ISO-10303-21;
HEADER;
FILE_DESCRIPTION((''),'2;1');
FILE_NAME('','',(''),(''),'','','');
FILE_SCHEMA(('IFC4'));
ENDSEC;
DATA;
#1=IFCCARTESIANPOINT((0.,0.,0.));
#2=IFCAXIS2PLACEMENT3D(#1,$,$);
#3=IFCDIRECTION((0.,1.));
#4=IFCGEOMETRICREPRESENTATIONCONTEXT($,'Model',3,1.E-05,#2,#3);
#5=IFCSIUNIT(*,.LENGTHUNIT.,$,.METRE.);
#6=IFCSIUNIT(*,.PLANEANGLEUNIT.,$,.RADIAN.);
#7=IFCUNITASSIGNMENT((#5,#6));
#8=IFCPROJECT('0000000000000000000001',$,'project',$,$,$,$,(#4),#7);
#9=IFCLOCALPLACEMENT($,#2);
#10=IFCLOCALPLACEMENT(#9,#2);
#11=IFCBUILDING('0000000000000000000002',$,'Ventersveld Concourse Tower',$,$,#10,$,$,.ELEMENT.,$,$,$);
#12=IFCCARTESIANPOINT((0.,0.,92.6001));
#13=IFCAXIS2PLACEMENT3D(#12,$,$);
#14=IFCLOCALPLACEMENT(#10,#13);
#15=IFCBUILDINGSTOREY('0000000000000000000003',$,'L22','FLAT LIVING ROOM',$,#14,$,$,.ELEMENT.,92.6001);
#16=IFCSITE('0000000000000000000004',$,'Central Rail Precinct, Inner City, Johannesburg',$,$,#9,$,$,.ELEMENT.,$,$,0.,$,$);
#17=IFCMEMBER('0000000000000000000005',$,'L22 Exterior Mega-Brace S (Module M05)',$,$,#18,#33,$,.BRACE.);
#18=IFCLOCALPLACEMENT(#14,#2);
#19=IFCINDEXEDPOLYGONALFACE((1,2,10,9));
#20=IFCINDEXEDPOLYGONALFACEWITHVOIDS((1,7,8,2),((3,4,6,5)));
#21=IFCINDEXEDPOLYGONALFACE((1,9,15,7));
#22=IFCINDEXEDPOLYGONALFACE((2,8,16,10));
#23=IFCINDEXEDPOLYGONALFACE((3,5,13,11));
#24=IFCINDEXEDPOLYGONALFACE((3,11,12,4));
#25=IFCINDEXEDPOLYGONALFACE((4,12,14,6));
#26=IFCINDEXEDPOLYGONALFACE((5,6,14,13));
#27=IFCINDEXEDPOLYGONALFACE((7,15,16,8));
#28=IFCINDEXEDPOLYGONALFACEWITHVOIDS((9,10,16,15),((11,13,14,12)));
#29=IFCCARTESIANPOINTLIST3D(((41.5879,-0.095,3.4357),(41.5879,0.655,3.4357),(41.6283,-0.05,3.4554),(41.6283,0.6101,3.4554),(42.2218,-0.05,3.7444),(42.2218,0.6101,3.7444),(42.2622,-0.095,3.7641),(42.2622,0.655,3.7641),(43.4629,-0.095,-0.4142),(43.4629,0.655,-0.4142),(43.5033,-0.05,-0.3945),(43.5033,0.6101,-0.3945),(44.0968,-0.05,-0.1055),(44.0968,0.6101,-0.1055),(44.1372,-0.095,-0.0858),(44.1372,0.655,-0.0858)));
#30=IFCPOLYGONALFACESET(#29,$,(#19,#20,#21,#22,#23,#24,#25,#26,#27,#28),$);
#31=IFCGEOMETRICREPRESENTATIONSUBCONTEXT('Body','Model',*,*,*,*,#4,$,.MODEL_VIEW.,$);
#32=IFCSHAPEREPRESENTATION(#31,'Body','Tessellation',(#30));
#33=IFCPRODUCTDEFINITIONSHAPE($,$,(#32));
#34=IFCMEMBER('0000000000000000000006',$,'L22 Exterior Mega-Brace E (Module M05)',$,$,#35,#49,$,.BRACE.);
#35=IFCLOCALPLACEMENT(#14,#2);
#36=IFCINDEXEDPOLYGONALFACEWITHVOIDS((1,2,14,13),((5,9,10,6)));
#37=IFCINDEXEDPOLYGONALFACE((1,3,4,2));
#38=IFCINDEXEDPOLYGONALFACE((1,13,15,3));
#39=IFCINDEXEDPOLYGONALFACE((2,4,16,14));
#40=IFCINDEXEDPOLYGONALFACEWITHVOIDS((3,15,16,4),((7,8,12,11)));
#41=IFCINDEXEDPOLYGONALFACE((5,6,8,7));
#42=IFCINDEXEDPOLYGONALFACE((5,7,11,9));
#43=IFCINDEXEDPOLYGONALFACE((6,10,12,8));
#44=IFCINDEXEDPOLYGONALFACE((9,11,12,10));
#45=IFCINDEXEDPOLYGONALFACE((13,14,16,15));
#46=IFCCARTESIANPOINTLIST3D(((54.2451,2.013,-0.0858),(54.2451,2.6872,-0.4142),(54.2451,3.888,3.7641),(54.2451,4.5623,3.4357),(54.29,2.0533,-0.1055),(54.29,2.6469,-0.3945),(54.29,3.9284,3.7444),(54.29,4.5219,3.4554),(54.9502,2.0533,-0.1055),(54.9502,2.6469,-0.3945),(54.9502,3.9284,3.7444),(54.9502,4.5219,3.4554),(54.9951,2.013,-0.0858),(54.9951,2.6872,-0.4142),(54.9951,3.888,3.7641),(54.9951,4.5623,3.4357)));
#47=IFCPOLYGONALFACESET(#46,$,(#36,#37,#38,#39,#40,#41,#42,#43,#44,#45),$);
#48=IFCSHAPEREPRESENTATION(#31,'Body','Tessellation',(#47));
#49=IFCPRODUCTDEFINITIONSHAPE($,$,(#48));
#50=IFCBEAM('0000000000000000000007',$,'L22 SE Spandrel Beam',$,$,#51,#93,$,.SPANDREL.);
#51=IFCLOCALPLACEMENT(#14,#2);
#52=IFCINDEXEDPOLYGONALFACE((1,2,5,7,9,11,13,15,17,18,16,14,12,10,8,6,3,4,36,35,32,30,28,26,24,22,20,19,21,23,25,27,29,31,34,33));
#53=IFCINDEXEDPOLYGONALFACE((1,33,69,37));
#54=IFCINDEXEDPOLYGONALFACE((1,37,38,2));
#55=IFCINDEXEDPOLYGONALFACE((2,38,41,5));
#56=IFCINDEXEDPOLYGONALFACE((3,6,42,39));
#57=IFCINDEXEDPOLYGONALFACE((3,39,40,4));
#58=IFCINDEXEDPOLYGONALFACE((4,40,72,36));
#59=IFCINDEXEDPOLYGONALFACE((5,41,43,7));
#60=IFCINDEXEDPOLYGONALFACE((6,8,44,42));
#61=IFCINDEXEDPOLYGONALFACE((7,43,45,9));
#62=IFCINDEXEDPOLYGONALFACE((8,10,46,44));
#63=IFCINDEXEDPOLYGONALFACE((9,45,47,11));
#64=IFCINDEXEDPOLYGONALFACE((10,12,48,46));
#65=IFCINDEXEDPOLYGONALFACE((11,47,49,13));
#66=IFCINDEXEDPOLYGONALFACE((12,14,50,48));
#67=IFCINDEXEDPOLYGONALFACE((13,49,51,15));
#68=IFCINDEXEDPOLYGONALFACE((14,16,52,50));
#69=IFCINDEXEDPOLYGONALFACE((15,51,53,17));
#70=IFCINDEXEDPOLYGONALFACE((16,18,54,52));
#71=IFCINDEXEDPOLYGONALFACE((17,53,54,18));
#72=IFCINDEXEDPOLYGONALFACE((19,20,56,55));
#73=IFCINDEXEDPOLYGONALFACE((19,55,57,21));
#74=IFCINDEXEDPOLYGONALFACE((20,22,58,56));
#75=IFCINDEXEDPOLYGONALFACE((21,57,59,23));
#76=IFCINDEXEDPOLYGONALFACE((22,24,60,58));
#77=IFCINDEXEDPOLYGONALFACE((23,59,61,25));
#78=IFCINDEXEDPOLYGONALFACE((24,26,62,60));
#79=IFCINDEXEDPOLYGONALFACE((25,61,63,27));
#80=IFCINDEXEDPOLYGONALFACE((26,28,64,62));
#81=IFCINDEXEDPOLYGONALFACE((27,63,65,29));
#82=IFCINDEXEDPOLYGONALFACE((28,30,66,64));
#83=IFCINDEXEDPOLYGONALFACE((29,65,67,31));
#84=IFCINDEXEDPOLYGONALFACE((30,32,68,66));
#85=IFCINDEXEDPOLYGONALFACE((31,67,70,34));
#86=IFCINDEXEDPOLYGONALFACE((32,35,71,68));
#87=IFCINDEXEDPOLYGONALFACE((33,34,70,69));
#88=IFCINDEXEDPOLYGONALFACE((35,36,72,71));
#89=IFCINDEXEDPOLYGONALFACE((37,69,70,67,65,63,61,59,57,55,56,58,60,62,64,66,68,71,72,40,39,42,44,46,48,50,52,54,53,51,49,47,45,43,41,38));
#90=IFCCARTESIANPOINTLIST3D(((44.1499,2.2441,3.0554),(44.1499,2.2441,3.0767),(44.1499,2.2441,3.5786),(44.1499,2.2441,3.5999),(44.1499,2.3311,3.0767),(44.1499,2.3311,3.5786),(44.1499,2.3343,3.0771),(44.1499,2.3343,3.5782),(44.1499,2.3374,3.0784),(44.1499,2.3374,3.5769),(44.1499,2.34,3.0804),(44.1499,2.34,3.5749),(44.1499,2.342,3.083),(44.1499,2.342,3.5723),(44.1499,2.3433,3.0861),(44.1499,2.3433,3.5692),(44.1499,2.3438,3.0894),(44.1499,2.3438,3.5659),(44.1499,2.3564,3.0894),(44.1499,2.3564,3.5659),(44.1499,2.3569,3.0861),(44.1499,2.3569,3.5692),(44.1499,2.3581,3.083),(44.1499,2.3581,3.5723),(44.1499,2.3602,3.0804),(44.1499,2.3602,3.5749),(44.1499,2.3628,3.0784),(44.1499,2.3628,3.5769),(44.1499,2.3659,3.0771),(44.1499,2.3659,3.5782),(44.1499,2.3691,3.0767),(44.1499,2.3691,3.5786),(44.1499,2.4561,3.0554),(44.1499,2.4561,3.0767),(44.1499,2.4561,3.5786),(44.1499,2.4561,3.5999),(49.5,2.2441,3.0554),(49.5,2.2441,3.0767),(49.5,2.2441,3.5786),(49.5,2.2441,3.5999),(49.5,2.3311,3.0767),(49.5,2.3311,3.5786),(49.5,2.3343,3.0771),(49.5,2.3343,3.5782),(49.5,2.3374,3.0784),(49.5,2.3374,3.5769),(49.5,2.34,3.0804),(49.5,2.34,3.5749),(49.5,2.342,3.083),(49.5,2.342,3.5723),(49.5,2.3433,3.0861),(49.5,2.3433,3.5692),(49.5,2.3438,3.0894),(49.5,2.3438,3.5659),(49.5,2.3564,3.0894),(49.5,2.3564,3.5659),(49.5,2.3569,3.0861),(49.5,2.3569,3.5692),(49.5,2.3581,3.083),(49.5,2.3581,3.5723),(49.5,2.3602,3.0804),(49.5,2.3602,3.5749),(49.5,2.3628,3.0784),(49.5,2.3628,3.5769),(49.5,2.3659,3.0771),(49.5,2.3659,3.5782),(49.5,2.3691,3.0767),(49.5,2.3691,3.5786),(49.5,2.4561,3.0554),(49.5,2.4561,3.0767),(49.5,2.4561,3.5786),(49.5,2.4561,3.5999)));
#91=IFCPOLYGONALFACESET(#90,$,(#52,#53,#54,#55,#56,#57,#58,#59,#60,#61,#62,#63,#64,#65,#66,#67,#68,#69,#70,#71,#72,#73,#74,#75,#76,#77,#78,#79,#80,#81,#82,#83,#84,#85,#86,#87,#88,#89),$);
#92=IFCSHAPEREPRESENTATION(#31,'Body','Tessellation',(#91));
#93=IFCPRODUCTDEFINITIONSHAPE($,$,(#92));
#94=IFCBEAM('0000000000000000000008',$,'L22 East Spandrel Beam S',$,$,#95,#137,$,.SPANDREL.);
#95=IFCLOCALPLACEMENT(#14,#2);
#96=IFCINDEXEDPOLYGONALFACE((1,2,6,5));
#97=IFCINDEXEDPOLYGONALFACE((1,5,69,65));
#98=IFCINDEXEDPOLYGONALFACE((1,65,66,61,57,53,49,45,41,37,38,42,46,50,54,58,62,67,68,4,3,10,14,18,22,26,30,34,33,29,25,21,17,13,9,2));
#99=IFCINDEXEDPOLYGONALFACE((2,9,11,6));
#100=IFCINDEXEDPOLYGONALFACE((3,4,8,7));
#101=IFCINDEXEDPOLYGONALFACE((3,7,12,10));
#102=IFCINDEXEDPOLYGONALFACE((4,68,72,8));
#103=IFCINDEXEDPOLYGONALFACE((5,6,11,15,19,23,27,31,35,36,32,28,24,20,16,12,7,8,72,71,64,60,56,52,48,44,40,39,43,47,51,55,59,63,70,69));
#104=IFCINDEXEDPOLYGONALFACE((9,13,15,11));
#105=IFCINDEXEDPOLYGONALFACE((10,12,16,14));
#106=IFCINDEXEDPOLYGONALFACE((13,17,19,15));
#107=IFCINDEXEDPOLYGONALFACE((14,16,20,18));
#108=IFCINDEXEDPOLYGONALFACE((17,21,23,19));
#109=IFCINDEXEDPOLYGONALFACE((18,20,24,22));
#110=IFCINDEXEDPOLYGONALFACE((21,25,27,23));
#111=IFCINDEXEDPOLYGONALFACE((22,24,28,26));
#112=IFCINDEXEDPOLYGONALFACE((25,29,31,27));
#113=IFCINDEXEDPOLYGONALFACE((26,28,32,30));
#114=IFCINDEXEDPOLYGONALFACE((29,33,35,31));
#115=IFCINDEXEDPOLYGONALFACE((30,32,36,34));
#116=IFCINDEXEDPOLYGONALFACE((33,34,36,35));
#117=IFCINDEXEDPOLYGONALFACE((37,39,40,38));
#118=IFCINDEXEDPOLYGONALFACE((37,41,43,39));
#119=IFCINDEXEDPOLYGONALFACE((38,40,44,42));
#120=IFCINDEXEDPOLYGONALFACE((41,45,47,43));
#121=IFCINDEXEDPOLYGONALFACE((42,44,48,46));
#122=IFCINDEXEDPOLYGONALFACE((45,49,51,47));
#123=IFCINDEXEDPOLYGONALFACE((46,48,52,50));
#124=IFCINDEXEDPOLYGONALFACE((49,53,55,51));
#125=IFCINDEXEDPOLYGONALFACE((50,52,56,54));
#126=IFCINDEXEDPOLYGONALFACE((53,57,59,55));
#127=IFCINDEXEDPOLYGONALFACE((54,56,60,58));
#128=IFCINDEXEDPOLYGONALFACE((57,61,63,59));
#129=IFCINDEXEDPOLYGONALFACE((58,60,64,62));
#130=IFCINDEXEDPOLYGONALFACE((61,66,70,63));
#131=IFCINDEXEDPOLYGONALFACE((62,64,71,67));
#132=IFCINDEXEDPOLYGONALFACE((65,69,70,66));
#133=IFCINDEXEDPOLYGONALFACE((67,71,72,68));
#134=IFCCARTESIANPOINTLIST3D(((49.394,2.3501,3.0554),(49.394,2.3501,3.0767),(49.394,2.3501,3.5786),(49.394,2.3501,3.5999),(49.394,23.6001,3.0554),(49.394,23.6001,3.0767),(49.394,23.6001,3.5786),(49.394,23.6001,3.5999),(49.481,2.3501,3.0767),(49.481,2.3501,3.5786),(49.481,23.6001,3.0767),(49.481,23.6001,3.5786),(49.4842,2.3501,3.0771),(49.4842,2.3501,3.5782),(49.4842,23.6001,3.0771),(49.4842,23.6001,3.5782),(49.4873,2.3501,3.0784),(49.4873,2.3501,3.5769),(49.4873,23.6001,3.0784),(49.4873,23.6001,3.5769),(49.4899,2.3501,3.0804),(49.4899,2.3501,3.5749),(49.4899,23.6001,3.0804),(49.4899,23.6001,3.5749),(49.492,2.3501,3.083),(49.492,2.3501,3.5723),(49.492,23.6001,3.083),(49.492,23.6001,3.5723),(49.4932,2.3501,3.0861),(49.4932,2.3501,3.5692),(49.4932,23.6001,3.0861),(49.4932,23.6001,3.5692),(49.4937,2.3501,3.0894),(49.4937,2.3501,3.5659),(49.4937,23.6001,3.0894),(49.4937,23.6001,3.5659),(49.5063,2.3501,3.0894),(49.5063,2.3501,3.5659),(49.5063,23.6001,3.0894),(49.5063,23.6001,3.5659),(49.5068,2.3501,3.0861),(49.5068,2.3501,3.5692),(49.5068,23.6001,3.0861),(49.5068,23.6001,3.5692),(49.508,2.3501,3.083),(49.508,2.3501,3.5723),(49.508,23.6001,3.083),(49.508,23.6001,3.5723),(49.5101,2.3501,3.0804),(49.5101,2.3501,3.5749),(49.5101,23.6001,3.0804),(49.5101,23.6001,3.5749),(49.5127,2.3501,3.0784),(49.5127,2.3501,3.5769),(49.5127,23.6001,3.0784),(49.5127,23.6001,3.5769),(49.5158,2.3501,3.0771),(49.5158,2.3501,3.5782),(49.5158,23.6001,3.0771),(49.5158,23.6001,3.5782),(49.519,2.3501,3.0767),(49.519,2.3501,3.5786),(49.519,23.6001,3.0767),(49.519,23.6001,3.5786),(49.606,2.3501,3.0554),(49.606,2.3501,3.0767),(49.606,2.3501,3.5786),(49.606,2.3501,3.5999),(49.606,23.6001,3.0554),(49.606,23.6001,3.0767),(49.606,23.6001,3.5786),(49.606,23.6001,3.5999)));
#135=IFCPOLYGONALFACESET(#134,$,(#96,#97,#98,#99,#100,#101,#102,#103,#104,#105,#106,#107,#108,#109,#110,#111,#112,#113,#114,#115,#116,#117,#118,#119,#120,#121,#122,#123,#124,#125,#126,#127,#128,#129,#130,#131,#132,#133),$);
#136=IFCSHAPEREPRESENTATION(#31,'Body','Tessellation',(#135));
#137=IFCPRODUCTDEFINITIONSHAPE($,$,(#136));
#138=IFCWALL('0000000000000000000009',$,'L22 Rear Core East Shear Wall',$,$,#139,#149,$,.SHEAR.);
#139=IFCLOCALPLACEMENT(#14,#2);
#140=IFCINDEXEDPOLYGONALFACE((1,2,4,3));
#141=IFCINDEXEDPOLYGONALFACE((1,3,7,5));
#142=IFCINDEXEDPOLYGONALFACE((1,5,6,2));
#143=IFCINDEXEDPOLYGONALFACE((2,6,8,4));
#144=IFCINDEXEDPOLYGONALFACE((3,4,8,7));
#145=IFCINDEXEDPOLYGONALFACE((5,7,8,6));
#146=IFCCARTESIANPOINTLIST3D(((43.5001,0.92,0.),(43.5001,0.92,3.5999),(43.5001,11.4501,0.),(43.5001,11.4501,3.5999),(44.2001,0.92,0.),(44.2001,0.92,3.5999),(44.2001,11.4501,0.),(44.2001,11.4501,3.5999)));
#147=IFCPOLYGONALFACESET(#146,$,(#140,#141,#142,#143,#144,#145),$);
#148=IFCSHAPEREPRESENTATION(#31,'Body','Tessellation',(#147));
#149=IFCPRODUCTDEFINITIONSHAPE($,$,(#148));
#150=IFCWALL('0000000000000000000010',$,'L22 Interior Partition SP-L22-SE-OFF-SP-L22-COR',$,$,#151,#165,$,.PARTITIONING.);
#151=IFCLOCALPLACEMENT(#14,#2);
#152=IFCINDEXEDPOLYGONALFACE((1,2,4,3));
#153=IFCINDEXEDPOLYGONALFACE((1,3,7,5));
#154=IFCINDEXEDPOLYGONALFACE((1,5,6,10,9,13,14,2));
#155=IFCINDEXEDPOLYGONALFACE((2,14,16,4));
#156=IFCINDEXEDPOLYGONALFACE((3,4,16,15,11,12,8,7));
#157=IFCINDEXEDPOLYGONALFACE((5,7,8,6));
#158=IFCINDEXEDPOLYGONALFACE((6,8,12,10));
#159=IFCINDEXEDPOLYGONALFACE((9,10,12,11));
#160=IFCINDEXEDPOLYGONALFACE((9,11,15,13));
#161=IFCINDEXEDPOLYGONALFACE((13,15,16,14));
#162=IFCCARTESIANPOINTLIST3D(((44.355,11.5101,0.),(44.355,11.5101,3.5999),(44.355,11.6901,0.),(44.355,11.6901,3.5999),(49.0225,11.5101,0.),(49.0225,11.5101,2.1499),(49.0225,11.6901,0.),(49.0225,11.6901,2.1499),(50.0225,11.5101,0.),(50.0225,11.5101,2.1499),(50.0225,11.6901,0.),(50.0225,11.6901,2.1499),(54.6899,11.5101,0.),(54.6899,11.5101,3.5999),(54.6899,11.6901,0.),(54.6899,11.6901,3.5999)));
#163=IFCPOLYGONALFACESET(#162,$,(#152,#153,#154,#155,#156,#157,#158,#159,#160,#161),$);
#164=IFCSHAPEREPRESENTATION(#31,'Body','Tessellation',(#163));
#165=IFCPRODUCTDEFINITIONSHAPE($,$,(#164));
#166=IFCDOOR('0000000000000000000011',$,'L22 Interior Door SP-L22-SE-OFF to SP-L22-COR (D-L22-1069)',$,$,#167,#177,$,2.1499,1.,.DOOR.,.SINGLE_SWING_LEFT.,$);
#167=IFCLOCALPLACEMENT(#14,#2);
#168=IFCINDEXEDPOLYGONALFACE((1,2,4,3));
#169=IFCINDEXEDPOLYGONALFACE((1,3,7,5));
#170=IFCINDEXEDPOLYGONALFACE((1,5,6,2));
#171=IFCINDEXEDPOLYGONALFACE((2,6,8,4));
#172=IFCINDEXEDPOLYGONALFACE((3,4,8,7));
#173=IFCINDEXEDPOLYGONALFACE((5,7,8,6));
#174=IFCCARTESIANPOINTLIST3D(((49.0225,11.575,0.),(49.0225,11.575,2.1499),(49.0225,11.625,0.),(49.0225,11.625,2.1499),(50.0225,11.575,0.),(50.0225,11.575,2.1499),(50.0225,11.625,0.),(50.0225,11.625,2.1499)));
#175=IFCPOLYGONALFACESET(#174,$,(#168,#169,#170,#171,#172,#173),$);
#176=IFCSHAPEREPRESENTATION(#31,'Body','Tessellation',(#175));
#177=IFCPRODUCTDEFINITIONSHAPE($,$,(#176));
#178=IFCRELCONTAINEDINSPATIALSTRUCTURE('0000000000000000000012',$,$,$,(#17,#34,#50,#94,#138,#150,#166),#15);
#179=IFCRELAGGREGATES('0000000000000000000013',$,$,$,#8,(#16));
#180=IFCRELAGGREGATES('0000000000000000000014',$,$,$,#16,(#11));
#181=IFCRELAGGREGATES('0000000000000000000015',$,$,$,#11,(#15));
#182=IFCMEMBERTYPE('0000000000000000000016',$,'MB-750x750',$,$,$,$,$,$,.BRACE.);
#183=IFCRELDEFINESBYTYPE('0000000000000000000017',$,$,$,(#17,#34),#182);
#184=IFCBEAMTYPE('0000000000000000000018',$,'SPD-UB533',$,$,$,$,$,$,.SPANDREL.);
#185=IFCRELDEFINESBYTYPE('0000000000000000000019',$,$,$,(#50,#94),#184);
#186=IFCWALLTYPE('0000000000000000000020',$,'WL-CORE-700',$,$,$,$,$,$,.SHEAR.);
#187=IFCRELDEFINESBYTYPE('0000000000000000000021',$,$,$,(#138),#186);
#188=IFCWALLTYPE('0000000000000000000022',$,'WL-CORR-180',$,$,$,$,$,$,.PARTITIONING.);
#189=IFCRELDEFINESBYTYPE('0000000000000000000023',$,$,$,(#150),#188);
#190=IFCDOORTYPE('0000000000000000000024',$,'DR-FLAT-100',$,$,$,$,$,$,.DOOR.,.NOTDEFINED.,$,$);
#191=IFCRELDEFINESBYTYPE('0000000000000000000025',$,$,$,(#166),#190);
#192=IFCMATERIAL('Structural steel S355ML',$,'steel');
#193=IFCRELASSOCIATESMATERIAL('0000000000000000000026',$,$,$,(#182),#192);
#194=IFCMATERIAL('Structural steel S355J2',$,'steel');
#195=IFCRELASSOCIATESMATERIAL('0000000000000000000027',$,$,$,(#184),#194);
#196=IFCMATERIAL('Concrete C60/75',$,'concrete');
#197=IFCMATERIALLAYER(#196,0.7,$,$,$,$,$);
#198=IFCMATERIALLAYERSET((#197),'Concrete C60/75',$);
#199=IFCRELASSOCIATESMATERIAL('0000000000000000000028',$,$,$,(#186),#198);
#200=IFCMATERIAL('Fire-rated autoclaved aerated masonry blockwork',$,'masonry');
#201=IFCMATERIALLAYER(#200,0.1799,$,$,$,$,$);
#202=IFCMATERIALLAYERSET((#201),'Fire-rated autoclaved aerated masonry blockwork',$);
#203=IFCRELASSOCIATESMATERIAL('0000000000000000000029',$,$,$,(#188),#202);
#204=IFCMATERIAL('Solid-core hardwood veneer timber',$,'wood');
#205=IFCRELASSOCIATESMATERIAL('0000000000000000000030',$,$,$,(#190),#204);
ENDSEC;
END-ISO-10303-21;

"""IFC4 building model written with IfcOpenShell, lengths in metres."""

from ifc_helpers import new_model, si_unit, direction, frame, frame_2d, origin, origin_2d, place, context, subcontext, project, spatial, rectangle, hollow_rectangle, i_section, extrude, material, layer, layer_set, material_profile, profile_set, type_object, element, fill, save


model = new_model("IFC4")

# Units and contexts
model_context = context("Model", 3, precision=1e-05, world=origin(), true_north=direction((0.0, 1.0)))
body_context = subcontext(model_context, "Body", "Model", "MODEL_VIEW")
ifc_project = project(units=[si_unit("LENGTHUNIT", "METRE"), si_unit("PLANEANGLEUNIT", "RADIAN")], contexts=[model_context])

# Site, building, storey
site_placement = place(None, origin())
site = spatial("IfcSite", under=ifc_project, at=site_placement, Name="Central Rail Precinct, Inner City, Johannesburg", CompositionType="ELEMENT", RefElevation=0.0)
building_placement = place(site_placement, origin())
building = spatial("IfcBuilding", under=site, at=building_placement, Name="Ventersveld Concourse Tower", CompositionType="ELEMENT")
storey_placement = place(building_placement, frame((0.0, 0.0, 92.6001)))
storey = spatial("IfcBuildingStorey", under=building, at=storey_placement, Name="L22", Description="FLAT LIVING ROOM", CompositionType="ELEMENT", Elevation=92.6001)

# Shared definitions
ifc_material_1 = material(Name="Structural steel S355J2", Category="steel")

# Members
ifc_material_2 = material(Name="Structural steel S355ML", Category="steel")
ifc_material_profile_1 = material_profile(ifc_material_2, hollow_rectangle(XDim=0.75, YDim=0.75, WallThickness=0.0449, at=origin_2d()), Name="BOX 750x750x45")
ifc_profile_set_1 = profile_set([ifc_material_profile_1], Name="Structural steel S355ML")
member_type = type_object("IfcMemberType", Name="MB-750x750", PredefinedType="BRACE", material=ifc_profile_set_1)
for number, where, z_axis, x_axis, name in (
    (1, (43.8, 0.28, -0.25), (-0.437862, 0.0, 0.899042), (0.0, -1.0, 0.0), "L22 Exterior Mega-Brace S (Module M05)"),
    (2, (54.6201, 2.3501, -0.25), (0.0, 0.437862, 0.899042), (-1.0, 0.0, 0.0), "L22 Exterior Mega-Brace E (Module M05)"),
):
    element("IfcMember", number, at=place(storey_placement, frame(where, z_axis=z_axis, x_axis=x_axis)), inside=storey, type_object=member_type, Name=name, PredefinedType="BRACE", context=body_context, shape_type="SweptSolid", body=[
        extrude(hollow_rectangle(XDim=0.75, YDim=0.75, WallThickness=0.0449, at=origin_2d()), origin(), (0.0, 0.0, 1.0), 4.2822),
    ])

# Beams
ifc_material_profile_2 = material_profile(ifc_material_1, i_section(OverallWidth=0.2119, OverallDepth=0.5444, WebThickness=0.0127, FlangeThickness=0.0212, FilletRadius=0.0127, at=origin_2d()), Name="UB 533x210x122")
ifc_profile_set_2 = profile_set([ifc_material_profile_2], Name="Structural steel S355J2")
beam_type_1 = type_object("IfcBeamType", Name="SPD-UB533", PredefinedType="SPANDREL", material=ifc_profile_set_2)
beam_1_placement = place(storey_placement, frame((44.1499, 2.3501, 3.3276), z_axis=(1.0, 0.0, 0.0), x_axis=(0.0, 1.0, 0.0)))
element("IfcBeam", 3, at=beam_1_placement, inside=storey, type_object=beam_type_1, Name="L22 SE Spandrel Beam", PredefinedType="SPANDREL", context=body_context, shape_type="SweptSolid", body=[
    extrude(i_section(OverallWidth=0.2119, OverallDepth=0.5444, WebThickness=0.0127, FlangeThickness=0.0212, FilletRadius=0.0127, at=origin_2d()), origin(), (0.0, 0.0, 1.0), 5.3501),
])
beam_2_placement = place(storey_placement, frame((49.5, 2.3501, 3.3276), z_axis=(0.0, 1.0, 0.0), x_axis=(-1.0, 0.0, 0.0)))
element("IfcBeam", 4, at=beam_2_placement, inside=storey, type_object=beam_type_1, Name="L22 East Spandrel Beam S", PredefinedType="SPANDREL", context=body_context, shape_type="SweptSolid", body=[
    extrude(i_section(OverallWidth=0.2119, OverallDepth=0.5444, WebThickness=0.0127, FlangeThickness=0.0212, FilletRadius=0.0127, at=origin_2d()), origin(), (0.0, 0.0, 1.0), 21.25),
])

# Wall
ifc_material_3 = material(Name="Concrete C60/75", Category="concrete")
ifc_layer_1 = layer(ifc_material_3, 0.7)
ifc_layer_set_1 = layer_set([ifc_layer_1], Name="Concrete C60/75")
wall_type_1 = type_object("IfcWallType", Name="WL-CORE-700", PredefinedType="SHEAR", material=ifc_layer_set_1)
wall_1_placement = place(storey_placement, frame((43.8501, 0.9199, 0.0), z_axis=(0.0, 0.0, 1.0), x_axis=(0.0, 1.0, 0.0)))
element("IfcWall", 5, at=wall_1_placement, inside=storey, type_object=wall_type_1, Name="L22 Rear Core East Shear Wall", PredefinedType="SHEAR", context=body_context, shape_type="SweptSolid", body=[
    extrude(rectangle(XDim=10.53, YDim=0.7, at=frame_2d((5.2651, 0.0))), origin(), (0.0, 0.0, 1.0), 3.5999),
])

# Wall, opening, door
ifc_material_4 = material(Name="Fire-rated autoclaved aerated masonry blockwork", Category="masonry")
ifc_layer_2 = layer(ifc_material_4, 0.1799)
ifc_layer_set_2 = layer_set([ifc_layer_2], Name="Fire-rated autoclaved aerated masonry blockwork")
wall_type_2 = type_object("IfcWallType", Name="WL-CORR-180", PredefinedType="PARTITIONING", material=ifc_layer_set_2)
wall_2_placement = place(storey_placement, frame((44.355, 11.6001, 0.0), z_axis=(0.0, 0.0, 1.0), x_axis=(1.0, 0.0, 0.0)))
wall_2 = element("IfcWall", 6, at=wall_2_placement, inside=storey, type_object=wall_type_2, Name="L22 Interior Partition SP-L22-SE-OFF-SP-L22-COR", PredefinedType="PARTITIONING", context=body_context, shape_type="SweptSolid", body=[
    extrude(rectangle(XDim=10.335, YDim=0.1799, at=frame_2d((5.1675, 0.0))), origin(), (0.0, 0.0, 1.0), 3.5999),
])
opening_1_placement = place(wall_2_placement, frame((4.6675, 0.0, 0.0)))
opening_1 = element("IfcOpeningElement", 7, at=opening_1_placement, cuts=wall_2, PredefinedType="OPENING", context=body_context, shape_type="SweptSolid", body=[
    extrude(rectangle(XDim=1.0, YDim=2.1499, at=frame_2d((0.5, 1.075))), frame((0.0, 0.1001, 0.0), z_axis=(0.0, -1.0, 0.0), x_axis=(1.0, 0.0, 0.0)), (0.0, 0.0, 1.0), 0.2),
])
ifc_material_5 = material(Name="Solid-core hardwood veneer timber", Category="wood")
door_type = type_object("IfcDoorType", Name="DR-FLAT-100", OperationType="NOTDEFINED", PredefinedType="DOOR", material=ifc_material_5)
door_1_placement = place(opening_1_placement, origin())
door_1 = element("IfcDoor", 8, at=door_1_placement, inside=storey, type_object=door_type, Name="L22 Interior Door SP-L22-SE-OFF to SP-L22-COR (D-L22-1069)", OperationType="SINGLE_SWING_LEFT", OverallHeight=2.1499, OverallWidth=1.0, PredefinedType="DOOR", context=body_context, shape_type="SweptSolid", body=[
    extrude(rectangle(XDim=1.0, YDim=2.1499, at=frame_2d((0.5, 1.075))), frame((0.0, 0.0249, 0.0), z_axis=(0.0, -1.0, 0.0), x_axis=(1.0, 0.0, 0.0)), (0.0, 0.0, 1.0), 0.05),
])
fill(opening_1, door_1)

save(model, "model.ifc")
